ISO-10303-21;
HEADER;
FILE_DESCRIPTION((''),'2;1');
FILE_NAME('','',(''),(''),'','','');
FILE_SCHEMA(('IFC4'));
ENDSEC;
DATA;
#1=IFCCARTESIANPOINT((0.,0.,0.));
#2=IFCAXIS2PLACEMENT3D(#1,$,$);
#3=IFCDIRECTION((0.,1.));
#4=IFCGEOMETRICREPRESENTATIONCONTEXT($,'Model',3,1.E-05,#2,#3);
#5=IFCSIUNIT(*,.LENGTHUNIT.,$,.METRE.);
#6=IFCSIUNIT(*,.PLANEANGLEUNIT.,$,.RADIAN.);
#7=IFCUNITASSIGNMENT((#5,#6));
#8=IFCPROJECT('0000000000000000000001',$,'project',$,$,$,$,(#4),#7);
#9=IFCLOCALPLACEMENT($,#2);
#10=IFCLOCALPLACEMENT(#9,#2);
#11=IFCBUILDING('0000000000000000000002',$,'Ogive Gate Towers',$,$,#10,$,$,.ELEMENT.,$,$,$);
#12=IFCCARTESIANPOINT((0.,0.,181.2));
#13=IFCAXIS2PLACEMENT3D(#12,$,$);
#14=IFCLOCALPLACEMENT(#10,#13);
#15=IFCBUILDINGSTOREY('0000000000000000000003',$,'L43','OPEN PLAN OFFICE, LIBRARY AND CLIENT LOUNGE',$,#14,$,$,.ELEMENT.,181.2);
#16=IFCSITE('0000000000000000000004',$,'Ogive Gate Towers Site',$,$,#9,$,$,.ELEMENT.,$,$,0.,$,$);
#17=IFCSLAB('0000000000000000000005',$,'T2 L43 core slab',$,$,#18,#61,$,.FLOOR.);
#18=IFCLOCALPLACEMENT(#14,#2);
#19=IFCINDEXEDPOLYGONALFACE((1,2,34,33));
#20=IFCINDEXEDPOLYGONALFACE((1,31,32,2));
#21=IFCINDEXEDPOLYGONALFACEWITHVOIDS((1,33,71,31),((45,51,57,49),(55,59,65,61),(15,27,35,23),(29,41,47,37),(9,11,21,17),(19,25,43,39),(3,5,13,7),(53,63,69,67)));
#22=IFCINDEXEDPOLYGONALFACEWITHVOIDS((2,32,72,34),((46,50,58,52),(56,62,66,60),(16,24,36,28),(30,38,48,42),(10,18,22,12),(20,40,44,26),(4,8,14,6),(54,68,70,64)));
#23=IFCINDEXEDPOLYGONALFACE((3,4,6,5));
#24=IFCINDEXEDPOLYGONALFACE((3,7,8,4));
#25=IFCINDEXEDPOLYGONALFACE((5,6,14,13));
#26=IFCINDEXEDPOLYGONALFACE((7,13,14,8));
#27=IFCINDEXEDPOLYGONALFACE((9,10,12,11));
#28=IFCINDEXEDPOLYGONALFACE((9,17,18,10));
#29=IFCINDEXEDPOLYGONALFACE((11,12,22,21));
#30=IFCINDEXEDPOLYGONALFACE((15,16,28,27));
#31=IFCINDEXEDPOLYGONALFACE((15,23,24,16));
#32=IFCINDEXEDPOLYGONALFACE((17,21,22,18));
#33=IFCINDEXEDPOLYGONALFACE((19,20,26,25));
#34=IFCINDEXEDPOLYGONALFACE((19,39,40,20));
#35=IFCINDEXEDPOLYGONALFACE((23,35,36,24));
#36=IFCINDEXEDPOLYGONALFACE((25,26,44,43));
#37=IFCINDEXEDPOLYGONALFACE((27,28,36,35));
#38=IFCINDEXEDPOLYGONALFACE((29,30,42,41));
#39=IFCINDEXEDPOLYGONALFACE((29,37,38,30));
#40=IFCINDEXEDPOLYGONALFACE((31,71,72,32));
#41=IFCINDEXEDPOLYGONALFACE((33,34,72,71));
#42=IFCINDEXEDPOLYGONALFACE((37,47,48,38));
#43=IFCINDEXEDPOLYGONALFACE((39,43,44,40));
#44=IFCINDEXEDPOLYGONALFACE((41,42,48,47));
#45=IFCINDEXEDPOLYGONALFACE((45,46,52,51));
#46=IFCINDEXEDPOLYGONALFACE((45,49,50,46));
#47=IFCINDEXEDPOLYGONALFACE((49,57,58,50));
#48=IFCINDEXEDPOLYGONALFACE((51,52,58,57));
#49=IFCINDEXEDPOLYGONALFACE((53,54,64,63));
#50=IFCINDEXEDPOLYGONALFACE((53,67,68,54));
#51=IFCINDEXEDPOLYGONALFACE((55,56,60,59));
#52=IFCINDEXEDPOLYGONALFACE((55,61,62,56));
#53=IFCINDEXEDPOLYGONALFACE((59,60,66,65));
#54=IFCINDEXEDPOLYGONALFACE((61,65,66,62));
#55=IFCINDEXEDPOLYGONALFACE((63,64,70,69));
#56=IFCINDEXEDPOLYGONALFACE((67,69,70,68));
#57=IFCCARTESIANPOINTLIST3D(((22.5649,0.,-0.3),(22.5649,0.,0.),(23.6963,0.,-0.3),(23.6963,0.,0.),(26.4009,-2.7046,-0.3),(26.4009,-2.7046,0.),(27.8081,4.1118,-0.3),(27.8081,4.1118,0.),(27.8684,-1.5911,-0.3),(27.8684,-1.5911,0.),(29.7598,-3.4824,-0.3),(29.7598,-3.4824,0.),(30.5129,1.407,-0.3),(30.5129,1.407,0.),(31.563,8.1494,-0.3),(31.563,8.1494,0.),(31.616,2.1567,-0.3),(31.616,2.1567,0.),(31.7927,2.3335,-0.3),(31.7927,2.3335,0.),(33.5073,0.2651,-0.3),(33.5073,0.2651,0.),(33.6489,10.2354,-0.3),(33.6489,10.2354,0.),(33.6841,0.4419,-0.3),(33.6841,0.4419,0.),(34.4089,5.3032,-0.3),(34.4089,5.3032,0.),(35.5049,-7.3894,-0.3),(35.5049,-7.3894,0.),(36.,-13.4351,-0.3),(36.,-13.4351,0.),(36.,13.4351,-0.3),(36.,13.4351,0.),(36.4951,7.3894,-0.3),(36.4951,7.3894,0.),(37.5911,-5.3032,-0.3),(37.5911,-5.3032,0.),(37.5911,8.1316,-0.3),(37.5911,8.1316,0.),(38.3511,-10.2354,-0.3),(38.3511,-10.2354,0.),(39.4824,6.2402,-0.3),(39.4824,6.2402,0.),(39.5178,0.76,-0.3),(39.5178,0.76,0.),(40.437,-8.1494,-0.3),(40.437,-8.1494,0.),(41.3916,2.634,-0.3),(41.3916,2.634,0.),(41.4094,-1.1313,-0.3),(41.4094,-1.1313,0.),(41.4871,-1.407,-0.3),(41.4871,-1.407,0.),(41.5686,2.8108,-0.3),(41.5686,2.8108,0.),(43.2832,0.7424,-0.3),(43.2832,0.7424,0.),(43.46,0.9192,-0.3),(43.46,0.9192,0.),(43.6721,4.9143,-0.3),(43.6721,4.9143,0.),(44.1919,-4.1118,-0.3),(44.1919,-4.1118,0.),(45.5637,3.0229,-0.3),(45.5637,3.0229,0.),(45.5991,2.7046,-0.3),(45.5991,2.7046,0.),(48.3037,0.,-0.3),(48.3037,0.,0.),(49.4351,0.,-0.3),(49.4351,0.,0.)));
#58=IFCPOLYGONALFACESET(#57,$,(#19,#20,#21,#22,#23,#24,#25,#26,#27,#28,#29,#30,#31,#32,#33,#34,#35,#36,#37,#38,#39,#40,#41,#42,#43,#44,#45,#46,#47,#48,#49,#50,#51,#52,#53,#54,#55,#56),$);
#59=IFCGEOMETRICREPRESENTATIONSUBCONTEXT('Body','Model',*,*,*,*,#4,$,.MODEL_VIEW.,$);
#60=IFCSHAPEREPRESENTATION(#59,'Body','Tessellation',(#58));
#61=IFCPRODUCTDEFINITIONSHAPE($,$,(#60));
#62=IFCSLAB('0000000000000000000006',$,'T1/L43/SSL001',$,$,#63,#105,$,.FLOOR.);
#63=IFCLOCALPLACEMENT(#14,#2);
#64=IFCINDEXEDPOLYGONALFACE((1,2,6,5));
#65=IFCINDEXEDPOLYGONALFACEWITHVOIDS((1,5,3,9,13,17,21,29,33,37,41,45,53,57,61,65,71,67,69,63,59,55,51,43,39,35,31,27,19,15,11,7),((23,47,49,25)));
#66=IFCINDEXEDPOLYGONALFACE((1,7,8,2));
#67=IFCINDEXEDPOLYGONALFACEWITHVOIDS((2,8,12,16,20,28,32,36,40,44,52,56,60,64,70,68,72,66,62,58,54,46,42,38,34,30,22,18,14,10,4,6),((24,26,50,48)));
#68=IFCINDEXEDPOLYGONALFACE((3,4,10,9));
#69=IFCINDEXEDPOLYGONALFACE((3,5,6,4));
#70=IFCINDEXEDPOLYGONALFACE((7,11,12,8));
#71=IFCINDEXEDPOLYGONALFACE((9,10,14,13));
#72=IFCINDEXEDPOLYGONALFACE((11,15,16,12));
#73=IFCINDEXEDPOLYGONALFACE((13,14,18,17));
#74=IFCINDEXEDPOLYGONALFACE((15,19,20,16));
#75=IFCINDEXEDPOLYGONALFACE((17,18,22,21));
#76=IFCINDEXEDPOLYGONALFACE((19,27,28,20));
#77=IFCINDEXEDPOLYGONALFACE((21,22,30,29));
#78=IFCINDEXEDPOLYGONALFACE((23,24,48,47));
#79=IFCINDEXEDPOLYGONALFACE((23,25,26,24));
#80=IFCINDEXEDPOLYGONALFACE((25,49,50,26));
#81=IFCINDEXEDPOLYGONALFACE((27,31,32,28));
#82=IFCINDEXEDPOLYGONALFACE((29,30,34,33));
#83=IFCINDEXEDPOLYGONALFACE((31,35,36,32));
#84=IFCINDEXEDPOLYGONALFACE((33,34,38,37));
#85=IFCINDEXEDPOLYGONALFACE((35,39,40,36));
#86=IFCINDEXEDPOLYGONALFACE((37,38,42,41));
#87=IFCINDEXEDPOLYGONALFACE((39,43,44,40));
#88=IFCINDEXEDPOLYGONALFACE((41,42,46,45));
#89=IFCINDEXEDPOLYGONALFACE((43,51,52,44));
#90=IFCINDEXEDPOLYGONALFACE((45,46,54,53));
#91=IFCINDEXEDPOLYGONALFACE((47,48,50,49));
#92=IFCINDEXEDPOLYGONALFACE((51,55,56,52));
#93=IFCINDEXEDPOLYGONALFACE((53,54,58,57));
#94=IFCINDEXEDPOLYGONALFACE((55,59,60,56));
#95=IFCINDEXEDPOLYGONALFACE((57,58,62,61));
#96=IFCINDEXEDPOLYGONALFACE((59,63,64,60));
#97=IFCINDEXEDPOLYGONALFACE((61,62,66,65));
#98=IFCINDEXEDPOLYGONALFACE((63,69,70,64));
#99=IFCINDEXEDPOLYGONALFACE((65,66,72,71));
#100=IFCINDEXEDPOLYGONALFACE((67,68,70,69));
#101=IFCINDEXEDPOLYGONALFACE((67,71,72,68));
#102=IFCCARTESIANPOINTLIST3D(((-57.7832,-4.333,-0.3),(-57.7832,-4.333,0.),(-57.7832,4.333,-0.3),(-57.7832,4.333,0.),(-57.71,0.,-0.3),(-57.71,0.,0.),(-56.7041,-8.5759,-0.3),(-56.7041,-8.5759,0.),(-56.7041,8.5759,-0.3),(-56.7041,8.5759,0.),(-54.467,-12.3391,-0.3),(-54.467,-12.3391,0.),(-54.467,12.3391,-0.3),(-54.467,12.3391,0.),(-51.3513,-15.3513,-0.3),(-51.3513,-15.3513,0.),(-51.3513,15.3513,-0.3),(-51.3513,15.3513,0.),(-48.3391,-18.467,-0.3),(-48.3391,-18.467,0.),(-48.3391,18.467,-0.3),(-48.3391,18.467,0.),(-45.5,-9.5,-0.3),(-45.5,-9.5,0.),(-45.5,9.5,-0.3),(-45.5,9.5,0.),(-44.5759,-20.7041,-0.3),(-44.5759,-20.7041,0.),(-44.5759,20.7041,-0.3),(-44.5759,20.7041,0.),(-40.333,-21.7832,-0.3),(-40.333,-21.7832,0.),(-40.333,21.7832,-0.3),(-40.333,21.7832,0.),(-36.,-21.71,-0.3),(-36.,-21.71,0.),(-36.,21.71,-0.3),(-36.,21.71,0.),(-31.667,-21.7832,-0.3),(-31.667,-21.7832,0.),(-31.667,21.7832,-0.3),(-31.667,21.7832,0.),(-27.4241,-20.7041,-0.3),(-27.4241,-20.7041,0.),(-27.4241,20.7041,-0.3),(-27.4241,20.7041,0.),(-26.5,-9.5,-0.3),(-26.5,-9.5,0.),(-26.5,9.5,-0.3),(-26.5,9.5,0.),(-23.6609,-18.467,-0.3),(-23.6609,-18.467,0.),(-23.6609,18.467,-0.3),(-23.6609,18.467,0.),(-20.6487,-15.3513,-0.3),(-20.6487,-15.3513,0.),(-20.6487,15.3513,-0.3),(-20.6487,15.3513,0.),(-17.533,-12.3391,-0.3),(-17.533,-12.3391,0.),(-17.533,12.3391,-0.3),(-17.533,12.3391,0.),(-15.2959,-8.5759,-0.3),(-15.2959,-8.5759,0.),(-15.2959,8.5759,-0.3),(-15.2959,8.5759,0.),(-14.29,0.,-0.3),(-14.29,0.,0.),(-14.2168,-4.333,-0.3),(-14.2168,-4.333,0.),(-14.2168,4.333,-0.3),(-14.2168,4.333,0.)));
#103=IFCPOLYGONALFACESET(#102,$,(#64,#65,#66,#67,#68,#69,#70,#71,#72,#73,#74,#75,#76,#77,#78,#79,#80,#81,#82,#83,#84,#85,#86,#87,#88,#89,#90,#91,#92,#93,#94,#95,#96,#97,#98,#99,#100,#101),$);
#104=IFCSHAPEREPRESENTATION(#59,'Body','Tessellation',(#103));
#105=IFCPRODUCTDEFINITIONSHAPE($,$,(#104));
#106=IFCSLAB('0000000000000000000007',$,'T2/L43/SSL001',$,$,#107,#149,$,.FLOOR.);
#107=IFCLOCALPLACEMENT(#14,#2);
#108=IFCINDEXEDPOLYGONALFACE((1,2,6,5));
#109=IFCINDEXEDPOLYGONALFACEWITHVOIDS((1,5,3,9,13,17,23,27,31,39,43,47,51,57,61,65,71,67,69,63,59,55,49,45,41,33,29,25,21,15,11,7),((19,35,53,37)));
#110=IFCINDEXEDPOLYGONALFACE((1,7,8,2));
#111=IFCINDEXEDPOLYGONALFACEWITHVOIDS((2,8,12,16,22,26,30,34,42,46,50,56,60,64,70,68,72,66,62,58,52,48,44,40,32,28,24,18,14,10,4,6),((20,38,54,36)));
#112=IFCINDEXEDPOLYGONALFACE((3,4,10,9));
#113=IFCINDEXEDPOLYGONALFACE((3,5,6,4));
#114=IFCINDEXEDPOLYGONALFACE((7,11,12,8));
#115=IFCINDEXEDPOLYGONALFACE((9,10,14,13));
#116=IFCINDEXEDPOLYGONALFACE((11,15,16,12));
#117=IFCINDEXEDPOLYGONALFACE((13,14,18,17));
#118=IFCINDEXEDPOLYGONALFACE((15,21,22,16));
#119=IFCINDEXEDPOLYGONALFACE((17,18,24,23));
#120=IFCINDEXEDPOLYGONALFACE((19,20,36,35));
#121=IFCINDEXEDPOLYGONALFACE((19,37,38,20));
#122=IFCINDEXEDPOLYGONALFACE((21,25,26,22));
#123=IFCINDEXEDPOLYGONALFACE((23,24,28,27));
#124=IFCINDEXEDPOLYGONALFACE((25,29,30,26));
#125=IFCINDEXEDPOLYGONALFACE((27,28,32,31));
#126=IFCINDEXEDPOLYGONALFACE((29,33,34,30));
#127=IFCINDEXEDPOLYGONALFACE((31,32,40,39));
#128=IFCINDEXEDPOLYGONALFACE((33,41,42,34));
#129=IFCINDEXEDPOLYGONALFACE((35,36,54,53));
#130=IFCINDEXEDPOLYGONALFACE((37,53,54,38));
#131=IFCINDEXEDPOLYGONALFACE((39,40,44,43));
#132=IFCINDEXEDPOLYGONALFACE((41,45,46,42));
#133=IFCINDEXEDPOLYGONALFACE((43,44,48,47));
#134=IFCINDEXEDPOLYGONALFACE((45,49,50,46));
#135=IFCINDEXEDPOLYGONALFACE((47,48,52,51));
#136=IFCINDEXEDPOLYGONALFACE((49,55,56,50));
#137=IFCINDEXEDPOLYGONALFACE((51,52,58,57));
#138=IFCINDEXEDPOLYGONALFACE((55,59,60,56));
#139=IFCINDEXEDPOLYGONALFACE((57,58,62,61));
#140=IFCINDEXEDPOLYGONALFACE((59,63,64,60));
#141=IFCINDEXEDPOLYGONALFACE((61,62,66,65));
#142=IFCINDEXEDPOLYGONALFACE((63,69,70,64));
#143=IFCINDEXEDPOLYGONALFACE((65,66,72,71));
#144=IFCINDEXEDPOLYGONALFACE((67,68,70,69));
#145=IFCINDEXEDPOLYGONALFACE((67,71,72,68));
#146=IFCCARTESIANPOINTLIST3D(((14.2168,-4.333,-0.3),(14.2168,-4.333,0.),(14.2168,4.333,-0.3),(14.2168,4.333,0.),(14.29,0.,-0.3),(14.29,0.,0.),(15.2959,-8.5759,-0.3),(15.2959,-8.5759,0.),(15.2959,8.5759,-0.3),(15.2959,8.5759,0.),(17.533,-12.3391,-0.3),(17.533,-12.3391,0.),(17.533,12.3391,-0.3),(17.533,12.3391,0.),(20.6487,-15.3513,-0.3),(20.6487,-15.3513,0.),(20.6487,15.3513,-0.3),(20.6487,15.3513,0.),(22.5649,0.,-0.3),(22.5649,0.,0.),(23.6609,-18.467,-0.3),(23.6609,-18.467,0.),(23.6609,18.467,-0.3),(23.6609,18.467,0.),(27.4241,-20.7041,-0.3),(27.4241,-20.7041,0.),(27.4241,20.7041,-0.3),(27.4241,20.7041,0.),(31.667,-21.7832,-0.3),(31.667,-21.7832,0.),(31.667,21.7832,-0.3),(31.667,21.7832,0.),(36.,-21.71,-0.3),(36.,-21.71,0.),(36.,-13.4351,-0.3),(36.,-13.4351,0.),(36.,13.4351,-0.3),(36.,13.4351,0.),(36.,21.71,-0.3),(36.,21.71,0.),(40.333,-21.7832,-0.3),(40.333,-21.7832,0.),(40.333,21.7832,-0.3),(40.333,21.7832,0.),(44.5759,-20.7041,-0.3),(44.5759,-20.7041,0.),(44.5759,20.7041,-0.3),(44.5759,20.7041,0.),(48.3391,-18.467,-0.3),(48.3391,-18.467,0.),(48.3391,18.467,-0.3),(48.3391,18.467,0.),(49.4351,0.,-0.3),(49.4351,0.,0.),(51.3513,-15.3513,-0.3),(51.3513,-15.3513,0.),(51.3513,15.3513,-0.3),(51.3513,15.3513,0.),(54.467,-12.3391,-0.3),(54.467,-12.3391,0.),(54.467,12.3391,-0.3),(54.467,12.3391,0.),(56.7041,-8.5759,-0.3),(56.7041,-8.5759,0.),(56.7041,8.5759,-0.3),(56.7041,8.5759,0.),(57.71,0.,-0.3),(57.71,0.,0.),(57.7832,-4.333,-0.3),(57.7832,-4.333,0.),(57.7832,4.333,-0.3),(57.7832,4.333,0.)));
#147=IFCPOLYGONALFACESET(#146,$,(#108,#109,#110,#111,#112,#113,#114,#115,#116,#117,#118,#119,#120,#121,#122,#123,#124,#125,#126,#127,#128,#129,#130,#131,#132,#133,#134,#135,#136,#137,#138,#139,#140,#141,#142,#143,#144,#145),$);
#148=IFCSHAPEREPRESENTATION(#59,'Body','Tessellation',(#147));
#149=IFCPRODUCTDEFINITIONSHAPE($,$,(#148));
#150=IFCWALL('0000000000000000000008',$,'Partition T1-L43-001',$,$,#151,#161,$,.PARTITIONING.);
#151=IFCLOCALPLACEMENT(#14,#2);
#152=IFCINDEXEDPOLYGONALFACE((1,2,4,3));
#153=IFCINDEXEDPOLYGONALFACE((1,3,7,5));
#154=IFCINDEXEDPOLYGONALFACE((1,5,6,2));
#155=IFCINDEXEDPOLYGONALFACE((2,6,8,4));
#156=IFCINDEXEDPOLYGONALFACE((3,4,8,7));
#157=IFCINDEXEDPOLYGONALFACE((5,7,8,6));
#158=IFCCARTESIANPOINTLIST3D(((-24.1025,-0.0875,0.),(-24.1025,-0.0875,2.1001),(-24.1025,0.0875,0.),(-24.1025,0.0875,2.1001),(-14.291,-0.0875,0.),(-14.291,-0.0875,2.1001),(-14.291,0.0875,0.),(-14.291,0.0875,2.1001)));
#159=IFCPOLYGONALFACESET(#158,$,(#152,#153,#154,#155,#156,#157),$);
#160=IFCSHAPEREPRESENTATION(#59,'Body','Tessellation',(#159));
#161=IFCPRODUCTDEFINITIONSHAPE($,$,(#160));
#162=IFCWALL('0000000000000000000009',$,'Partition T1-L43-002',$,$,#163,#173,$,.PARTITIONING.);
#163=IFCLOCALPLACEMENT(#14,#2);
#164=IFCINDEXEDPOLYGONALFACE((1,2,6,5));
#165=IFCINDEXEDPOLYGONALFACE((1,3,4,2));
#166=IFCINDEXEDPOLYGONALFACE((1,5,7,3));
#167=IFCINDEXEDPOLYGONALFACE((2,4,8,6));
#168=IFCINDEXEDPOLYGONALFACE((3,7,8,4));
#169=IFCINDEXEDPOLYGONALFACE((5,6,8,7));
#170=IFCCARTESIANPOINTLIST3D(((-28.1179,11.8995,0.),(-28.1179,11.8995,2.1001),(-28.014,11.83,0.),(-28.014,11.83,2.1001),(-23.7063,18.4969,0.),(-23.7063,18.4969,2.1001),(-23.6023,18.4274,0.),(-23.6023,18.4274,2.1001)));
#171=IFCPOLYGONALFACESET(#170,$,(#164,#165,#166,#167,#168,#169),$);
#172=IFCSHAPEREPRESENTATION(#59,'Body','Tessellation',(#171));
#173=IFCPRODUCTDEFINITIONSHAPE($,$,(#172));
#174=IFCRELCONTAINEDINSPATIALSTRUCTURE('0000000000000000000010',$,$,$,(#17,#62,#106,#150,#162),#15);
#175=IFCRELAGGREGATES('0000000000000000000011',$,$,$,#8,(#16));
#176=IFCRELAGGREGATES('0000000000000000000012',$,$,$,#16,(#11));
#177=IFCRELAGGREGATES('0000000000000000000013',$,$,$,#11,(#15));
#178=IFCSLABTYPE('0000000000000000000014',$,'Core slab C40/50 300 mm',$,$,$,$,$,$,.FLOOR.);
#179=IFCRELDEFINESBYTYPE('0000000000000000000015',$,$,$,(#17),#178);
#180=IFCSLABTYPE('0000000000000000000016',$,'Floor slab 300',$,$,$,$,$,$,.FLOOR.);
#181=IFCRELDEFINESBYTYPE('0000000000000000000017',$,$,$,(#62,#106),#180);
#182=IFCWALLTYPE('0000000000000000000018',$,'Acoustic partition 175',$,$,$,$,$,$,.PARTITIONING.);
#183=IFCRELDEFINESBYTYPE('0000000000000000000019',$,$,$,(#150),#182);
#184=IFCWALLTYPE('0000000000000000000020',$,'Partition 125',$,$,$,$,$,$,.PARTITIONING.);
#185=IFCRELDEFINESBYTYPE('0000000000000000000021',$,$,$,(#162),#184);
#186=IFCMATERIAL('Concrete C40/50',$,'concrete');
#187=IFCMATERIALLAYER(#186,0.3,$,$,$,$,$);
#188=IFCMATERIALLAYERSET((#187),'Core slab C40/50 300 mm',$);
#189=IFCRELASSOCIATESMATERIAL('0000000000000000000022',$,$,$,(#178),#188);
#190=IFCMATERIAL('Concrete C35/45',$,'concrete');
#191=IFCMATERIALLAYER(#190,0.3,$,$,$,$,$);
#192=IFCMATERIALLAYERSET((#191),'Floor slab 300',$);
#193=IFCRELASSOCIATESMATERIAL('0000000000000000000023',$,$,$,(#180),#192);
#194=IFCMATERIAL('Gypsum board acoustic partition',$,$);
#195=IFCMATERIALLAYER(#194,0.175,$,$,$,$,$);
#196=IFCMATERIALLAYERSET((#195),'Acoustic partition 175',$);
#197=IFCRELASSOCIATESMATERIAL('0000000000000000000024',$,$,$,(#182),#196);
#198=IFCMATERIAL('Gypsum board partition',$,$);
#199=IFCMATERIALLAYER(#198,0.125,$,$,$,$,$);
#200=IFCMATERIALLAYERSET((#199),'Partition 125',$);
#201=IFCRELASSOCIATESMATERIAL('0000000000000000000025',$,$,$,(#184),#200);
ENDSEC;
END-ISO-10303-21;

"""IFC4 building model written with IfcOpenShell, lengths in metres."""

from ifc_helpers import new_model, si_unit, direction, frame, frame_2d, origin, place, context, subcontext, project, spatial, polyline, rectangle, outline, extrude, material, layer, layer_set, type_object, element, save


model = new_model("IFC4")

# Units and contexts
model_context = context("Model", 3, precision=1e-05, world=origin(), true_north=direction((0.0, 1.0)))
body_context = subcontext(model_context, "Body", "Model", "MODEL_VIEW")
ifc_project = project(units=[si_unit("LENGTHUNIT", "METRE"), si_unit("PLANEANGLEUNIT", "RADIAN")], contexts=[model_context])

# Site, building, storey
site_placement = place(None, origin())
site = spatial("IfcSite", under=ifc_project, at=site_placement, Name="Ogive Gate Towers Site", CompositionType="ELEMENT", RefElevation=0.0)
building_placement = place(site_placement, origin())
building = spatial("IfcBuilding", under=site, at=building_placement, Name="Ogive Gate Towers", CompositionType="ELEMENT")
storey_placement = place(building_placement, frame((0.0, 0.0, 181.2)))
storey = spatial("IfcBuildingStorey", under=building, at=storey_placement, Name="L43", Description="OPEN PLAN OFFICE, LIBRARY AND CLIENT LOUNGE", CompositionType="ELEMENT", Elevation=181.2)

# Slabs
ifc_material_1 = material(Name="Concrete C40/50", Category="concrete")
ifc_layer_1 = layer(ifc_material_1, 0.3)
ifc_layer_set_1 = layer_set([ifc_layer_1], Name="Core slab C40/50 300 mm")
slab_type_1 = type_object("IfcSlabType", Name="Core slab C40/50 300 mm", PredefinedType="FLOOR", material=ifc_layer_set_1)
slab_1_placement = place(storey_placement, frame((0.0, 0.0, -0.3)))
element("IfcSlab", 1, at=slab_1_placement, inside=storey, type_object=slab_type_1, Name="T2 L43 core slab", PredefinedType="FLOOR", context=body_context, shape_type="SweptSolid", body=[
    extrude(outline(polyline([(36.0, -13.4351), (22.5649, 0.0), (36.0, 13.4351), (49.4351, 0.0), (36.0, -13.4351)]), holes=[polyline([(29.7598, -3.4824), (33.5073, 0.2651), (31.616, 2.1567), (27.8684, -1.5911), (29.7598, -3.4824)]), polyline([(31.7927, 2.3335), (33.6841, 0.4419), (39.4824, 6.2402), (37.5911, 8.1316), (31.7927, 2.3335)]), polyline([(41.3916, 2.634), (39.5178, 0.76), (41.4094, -1.1313), (43.2832, 0.7424), (41.3916, 2.634)]), polyline([(45.5637, 3.0229), (43.6721, 4.9143), (41.5686, 2.8108), (43.46, 0.9192), (45.5637, 3.0229)]), polyline([(34.4089, 5.3032), (36.4951, 7.3894), (33.6489, 10.2354), (31.563, 8.1494), (34.4089, 5.3032)]), polyline([(35.5049, -7.3894), (38.3511, -10.2354), (40.437, -8.1494), (37.5911, -5.3032), (35.5049, -7.3894)]), polyline([(26.4009, -2.7046), (30.5129, 1.407), (27.8081, 4.1118), (23.6963, 0.0), (26.4009, -2.7046)]), polyline([(48.3037, 0.0), (45.5991, 2.7046), (41.4871, -1.407), (44.1919, -4.1118), (48.3037, 0.0)])]), origin(), (0.0, 0.0, 1.0), 0.3),
])
ifc_material_2 = material(Name="Concrete C35/45", Category="concrete")
ifc_layer_2 = layer(ifc_material_2, 0.3)
ifc_layer_set_2 = layer_set([ifc_layer_2], Name="Floor slab 300")
slab_type_2 = type_object("IfcSlabType", Name="Floor slab 300", PredefinedType="FLOOR", material=ifc_layer_set_2)
slab_2_placement = place(storey_placement, frame((0.0, 0.0, -0.3)))
element("IfcSlab", 2, at=slab_2_placement, inside=storey, type_object=slab_type_2, Name="T1/L43/SSL001", PredefinedType="FLOOR", context=body_context, shape_type="SweptSolid", body=[
    extrude(outline(polyline([(-14.2168, -4.333), (-14.29, 0.0), (-14.2168, 4.333), (-15.2959, 8.5759), (-17.533, 12.3391), (-20.6487, 15.3513), (-23.6609, 18.467), (-27.4241, 20.7041), (-31.667, 21.7832), (-36.0, 21.71), (-40.333, 21.7832), (-44.5759, 20.7041), (-48.3391, 18.467), (-51.3513, 15.3513), (-54.467, 12.3391), (-56.7041, 8.5759), (-57.7832, 4.333), (-57.71, 0.0), (-57.7832, -4.333), (-56.7041, -8.5759), (-54.467, -12.3391), (-51.3513, -15.3513), (-48.3391, -18.467), (-44.5759, -20.7041), (-40.333, -21.7832), (-36.0, -21.71), (-31.667, -21.7832), (-27.4241, -20.7041), (-23.6609, -18.467), (-20.6487, -15.3513), (-17.533, -12.3391), (-15.2959, -8.5759), (-14.2168, -4.333)]), holes=[polyline([(-26.5, -9.5), (-45.5, -9.5), (-45.5, 9.5), (-26.5, 9.5), (-26.5, -9.5)])]), origin(), (0.0, 0.0, 1.0), 0.3),
])
slab_3_placement = place(storey_placement, frame((0.0, 0.0, -0.3)))
element("IfcSlab", 3, at=slab_3_placement, inside=storey, type_object=slab_type_2, Name="T2/L43/SSL001", PredefinedType="FLOOR", context=body_context, shape_type="SweptSolid", body=[
    extrude(outline(polyline([(57.7832, -4.333), (57.71, 0.0), (57.7832, 4.333), (56.7041, 8.5759), (54.467, 12.3391), (51.3513, 15.3513), (48.3391, 18.467), (44.5759, 20.7041), (40.333, 21.7832), (36.0, 21.71), (31.667, 21.7832), (27.4241, 20.7041), (23.6609, 18.467), (20.6487, 15.3513), (17.533, 12.3391), (15.2959, 8.5759), (14.2168, 4.333), (14.29, 0.0), (14.2168, -4.333), (15.2959, -8.5759), (17.533, -12.3391), (20.6487, -15.3513), (23.6609, -18.467), (27.4241, -20.7041), (31.667, -21.7832), (36.0, -21.71), (40.333, -21.7832), (44.5759, -20.7041), (48.3391, -18.467), (51.3513, -15.3513), (54.467, -12.3391), (56.7041, -8.5759), (57.7832, -4.333)]), holes=[polyline([(49.4351, 0.0), (36.0, -13.4351), (22.5649, 0.0), (36.0, 13.4351), (49.4351, 0.0)])]), origin(), (0.0, 0.0, 1.0), 0.3),
])

# Walls
ifc_material_3 = material(Name="Gypsum board acoustic partition")
ifc_layer_3 = layer(ifc_material_3, 0.175)
ifc_layer_set_3 = layer_set([ifc_layer_3], Name="Acoustic partition 175")
wall_type_1 = type_object("IfcWallType", Name="Acoustic partition 175", PredefinedType="PARTITIONING", material=ifc_layer_set_3)
wall_1_placement = place(storey_placement, frame((-14.291, 0.0, 0.0), z_axis=(0.0, 0.0, 1.0), x_axis=(-1.0, 0.0, 0.0)))
element("IfcWall", 4, at=wall_1_placement, inside=storey, type_object=wall_type_1, Name="Partition T1-L43-001", PredefinedType="PARTITIONING", context=body_context, shape_type="SweptSolid", body=[
    extrude(rectangle(XDim=9.8115, YDim=0.175, at=frame_2d((4.9058, 0.0))), origin(), (0.0, 0.0, 1.0), 2.1001),
])
ifc_material_4 = material(Name="Gypsum board partition")
ifc_layer_4 = layer(ifc_material_4, 0.125)
ifc_layer_set_4 = layer_set([ifc_layer_4], Name="Partition 125")
wall_type_2 = type_object("IfcWallType", Name="Partition 125", PredefinedType="PARTITIONING", material=ifc_layer_set_4)
wall_2_placement = place(storey_placement, frame((-23.6543, 18.4622, 0.0), z_axis=(0.0, 0.0, 1.0), x_axis=(-0.555864, -0.831273, 0.0)))
element("IfcWall", 5, at=wall_2_placement, inside=storey, type_object=wall_type_2, Name="Partition T1-L43-002", PredefinedType="PARTITIONING", context=body_context, shape_type="SweptSolid", body=[
    extrude(rectangle(XDim=7.9365, YDim=0.125, at=frame_2d((3.9683, 0.0))), origin(), (0.0, 0.0, 1.0), 2.1001),
])

save(model, "model.ifc")
